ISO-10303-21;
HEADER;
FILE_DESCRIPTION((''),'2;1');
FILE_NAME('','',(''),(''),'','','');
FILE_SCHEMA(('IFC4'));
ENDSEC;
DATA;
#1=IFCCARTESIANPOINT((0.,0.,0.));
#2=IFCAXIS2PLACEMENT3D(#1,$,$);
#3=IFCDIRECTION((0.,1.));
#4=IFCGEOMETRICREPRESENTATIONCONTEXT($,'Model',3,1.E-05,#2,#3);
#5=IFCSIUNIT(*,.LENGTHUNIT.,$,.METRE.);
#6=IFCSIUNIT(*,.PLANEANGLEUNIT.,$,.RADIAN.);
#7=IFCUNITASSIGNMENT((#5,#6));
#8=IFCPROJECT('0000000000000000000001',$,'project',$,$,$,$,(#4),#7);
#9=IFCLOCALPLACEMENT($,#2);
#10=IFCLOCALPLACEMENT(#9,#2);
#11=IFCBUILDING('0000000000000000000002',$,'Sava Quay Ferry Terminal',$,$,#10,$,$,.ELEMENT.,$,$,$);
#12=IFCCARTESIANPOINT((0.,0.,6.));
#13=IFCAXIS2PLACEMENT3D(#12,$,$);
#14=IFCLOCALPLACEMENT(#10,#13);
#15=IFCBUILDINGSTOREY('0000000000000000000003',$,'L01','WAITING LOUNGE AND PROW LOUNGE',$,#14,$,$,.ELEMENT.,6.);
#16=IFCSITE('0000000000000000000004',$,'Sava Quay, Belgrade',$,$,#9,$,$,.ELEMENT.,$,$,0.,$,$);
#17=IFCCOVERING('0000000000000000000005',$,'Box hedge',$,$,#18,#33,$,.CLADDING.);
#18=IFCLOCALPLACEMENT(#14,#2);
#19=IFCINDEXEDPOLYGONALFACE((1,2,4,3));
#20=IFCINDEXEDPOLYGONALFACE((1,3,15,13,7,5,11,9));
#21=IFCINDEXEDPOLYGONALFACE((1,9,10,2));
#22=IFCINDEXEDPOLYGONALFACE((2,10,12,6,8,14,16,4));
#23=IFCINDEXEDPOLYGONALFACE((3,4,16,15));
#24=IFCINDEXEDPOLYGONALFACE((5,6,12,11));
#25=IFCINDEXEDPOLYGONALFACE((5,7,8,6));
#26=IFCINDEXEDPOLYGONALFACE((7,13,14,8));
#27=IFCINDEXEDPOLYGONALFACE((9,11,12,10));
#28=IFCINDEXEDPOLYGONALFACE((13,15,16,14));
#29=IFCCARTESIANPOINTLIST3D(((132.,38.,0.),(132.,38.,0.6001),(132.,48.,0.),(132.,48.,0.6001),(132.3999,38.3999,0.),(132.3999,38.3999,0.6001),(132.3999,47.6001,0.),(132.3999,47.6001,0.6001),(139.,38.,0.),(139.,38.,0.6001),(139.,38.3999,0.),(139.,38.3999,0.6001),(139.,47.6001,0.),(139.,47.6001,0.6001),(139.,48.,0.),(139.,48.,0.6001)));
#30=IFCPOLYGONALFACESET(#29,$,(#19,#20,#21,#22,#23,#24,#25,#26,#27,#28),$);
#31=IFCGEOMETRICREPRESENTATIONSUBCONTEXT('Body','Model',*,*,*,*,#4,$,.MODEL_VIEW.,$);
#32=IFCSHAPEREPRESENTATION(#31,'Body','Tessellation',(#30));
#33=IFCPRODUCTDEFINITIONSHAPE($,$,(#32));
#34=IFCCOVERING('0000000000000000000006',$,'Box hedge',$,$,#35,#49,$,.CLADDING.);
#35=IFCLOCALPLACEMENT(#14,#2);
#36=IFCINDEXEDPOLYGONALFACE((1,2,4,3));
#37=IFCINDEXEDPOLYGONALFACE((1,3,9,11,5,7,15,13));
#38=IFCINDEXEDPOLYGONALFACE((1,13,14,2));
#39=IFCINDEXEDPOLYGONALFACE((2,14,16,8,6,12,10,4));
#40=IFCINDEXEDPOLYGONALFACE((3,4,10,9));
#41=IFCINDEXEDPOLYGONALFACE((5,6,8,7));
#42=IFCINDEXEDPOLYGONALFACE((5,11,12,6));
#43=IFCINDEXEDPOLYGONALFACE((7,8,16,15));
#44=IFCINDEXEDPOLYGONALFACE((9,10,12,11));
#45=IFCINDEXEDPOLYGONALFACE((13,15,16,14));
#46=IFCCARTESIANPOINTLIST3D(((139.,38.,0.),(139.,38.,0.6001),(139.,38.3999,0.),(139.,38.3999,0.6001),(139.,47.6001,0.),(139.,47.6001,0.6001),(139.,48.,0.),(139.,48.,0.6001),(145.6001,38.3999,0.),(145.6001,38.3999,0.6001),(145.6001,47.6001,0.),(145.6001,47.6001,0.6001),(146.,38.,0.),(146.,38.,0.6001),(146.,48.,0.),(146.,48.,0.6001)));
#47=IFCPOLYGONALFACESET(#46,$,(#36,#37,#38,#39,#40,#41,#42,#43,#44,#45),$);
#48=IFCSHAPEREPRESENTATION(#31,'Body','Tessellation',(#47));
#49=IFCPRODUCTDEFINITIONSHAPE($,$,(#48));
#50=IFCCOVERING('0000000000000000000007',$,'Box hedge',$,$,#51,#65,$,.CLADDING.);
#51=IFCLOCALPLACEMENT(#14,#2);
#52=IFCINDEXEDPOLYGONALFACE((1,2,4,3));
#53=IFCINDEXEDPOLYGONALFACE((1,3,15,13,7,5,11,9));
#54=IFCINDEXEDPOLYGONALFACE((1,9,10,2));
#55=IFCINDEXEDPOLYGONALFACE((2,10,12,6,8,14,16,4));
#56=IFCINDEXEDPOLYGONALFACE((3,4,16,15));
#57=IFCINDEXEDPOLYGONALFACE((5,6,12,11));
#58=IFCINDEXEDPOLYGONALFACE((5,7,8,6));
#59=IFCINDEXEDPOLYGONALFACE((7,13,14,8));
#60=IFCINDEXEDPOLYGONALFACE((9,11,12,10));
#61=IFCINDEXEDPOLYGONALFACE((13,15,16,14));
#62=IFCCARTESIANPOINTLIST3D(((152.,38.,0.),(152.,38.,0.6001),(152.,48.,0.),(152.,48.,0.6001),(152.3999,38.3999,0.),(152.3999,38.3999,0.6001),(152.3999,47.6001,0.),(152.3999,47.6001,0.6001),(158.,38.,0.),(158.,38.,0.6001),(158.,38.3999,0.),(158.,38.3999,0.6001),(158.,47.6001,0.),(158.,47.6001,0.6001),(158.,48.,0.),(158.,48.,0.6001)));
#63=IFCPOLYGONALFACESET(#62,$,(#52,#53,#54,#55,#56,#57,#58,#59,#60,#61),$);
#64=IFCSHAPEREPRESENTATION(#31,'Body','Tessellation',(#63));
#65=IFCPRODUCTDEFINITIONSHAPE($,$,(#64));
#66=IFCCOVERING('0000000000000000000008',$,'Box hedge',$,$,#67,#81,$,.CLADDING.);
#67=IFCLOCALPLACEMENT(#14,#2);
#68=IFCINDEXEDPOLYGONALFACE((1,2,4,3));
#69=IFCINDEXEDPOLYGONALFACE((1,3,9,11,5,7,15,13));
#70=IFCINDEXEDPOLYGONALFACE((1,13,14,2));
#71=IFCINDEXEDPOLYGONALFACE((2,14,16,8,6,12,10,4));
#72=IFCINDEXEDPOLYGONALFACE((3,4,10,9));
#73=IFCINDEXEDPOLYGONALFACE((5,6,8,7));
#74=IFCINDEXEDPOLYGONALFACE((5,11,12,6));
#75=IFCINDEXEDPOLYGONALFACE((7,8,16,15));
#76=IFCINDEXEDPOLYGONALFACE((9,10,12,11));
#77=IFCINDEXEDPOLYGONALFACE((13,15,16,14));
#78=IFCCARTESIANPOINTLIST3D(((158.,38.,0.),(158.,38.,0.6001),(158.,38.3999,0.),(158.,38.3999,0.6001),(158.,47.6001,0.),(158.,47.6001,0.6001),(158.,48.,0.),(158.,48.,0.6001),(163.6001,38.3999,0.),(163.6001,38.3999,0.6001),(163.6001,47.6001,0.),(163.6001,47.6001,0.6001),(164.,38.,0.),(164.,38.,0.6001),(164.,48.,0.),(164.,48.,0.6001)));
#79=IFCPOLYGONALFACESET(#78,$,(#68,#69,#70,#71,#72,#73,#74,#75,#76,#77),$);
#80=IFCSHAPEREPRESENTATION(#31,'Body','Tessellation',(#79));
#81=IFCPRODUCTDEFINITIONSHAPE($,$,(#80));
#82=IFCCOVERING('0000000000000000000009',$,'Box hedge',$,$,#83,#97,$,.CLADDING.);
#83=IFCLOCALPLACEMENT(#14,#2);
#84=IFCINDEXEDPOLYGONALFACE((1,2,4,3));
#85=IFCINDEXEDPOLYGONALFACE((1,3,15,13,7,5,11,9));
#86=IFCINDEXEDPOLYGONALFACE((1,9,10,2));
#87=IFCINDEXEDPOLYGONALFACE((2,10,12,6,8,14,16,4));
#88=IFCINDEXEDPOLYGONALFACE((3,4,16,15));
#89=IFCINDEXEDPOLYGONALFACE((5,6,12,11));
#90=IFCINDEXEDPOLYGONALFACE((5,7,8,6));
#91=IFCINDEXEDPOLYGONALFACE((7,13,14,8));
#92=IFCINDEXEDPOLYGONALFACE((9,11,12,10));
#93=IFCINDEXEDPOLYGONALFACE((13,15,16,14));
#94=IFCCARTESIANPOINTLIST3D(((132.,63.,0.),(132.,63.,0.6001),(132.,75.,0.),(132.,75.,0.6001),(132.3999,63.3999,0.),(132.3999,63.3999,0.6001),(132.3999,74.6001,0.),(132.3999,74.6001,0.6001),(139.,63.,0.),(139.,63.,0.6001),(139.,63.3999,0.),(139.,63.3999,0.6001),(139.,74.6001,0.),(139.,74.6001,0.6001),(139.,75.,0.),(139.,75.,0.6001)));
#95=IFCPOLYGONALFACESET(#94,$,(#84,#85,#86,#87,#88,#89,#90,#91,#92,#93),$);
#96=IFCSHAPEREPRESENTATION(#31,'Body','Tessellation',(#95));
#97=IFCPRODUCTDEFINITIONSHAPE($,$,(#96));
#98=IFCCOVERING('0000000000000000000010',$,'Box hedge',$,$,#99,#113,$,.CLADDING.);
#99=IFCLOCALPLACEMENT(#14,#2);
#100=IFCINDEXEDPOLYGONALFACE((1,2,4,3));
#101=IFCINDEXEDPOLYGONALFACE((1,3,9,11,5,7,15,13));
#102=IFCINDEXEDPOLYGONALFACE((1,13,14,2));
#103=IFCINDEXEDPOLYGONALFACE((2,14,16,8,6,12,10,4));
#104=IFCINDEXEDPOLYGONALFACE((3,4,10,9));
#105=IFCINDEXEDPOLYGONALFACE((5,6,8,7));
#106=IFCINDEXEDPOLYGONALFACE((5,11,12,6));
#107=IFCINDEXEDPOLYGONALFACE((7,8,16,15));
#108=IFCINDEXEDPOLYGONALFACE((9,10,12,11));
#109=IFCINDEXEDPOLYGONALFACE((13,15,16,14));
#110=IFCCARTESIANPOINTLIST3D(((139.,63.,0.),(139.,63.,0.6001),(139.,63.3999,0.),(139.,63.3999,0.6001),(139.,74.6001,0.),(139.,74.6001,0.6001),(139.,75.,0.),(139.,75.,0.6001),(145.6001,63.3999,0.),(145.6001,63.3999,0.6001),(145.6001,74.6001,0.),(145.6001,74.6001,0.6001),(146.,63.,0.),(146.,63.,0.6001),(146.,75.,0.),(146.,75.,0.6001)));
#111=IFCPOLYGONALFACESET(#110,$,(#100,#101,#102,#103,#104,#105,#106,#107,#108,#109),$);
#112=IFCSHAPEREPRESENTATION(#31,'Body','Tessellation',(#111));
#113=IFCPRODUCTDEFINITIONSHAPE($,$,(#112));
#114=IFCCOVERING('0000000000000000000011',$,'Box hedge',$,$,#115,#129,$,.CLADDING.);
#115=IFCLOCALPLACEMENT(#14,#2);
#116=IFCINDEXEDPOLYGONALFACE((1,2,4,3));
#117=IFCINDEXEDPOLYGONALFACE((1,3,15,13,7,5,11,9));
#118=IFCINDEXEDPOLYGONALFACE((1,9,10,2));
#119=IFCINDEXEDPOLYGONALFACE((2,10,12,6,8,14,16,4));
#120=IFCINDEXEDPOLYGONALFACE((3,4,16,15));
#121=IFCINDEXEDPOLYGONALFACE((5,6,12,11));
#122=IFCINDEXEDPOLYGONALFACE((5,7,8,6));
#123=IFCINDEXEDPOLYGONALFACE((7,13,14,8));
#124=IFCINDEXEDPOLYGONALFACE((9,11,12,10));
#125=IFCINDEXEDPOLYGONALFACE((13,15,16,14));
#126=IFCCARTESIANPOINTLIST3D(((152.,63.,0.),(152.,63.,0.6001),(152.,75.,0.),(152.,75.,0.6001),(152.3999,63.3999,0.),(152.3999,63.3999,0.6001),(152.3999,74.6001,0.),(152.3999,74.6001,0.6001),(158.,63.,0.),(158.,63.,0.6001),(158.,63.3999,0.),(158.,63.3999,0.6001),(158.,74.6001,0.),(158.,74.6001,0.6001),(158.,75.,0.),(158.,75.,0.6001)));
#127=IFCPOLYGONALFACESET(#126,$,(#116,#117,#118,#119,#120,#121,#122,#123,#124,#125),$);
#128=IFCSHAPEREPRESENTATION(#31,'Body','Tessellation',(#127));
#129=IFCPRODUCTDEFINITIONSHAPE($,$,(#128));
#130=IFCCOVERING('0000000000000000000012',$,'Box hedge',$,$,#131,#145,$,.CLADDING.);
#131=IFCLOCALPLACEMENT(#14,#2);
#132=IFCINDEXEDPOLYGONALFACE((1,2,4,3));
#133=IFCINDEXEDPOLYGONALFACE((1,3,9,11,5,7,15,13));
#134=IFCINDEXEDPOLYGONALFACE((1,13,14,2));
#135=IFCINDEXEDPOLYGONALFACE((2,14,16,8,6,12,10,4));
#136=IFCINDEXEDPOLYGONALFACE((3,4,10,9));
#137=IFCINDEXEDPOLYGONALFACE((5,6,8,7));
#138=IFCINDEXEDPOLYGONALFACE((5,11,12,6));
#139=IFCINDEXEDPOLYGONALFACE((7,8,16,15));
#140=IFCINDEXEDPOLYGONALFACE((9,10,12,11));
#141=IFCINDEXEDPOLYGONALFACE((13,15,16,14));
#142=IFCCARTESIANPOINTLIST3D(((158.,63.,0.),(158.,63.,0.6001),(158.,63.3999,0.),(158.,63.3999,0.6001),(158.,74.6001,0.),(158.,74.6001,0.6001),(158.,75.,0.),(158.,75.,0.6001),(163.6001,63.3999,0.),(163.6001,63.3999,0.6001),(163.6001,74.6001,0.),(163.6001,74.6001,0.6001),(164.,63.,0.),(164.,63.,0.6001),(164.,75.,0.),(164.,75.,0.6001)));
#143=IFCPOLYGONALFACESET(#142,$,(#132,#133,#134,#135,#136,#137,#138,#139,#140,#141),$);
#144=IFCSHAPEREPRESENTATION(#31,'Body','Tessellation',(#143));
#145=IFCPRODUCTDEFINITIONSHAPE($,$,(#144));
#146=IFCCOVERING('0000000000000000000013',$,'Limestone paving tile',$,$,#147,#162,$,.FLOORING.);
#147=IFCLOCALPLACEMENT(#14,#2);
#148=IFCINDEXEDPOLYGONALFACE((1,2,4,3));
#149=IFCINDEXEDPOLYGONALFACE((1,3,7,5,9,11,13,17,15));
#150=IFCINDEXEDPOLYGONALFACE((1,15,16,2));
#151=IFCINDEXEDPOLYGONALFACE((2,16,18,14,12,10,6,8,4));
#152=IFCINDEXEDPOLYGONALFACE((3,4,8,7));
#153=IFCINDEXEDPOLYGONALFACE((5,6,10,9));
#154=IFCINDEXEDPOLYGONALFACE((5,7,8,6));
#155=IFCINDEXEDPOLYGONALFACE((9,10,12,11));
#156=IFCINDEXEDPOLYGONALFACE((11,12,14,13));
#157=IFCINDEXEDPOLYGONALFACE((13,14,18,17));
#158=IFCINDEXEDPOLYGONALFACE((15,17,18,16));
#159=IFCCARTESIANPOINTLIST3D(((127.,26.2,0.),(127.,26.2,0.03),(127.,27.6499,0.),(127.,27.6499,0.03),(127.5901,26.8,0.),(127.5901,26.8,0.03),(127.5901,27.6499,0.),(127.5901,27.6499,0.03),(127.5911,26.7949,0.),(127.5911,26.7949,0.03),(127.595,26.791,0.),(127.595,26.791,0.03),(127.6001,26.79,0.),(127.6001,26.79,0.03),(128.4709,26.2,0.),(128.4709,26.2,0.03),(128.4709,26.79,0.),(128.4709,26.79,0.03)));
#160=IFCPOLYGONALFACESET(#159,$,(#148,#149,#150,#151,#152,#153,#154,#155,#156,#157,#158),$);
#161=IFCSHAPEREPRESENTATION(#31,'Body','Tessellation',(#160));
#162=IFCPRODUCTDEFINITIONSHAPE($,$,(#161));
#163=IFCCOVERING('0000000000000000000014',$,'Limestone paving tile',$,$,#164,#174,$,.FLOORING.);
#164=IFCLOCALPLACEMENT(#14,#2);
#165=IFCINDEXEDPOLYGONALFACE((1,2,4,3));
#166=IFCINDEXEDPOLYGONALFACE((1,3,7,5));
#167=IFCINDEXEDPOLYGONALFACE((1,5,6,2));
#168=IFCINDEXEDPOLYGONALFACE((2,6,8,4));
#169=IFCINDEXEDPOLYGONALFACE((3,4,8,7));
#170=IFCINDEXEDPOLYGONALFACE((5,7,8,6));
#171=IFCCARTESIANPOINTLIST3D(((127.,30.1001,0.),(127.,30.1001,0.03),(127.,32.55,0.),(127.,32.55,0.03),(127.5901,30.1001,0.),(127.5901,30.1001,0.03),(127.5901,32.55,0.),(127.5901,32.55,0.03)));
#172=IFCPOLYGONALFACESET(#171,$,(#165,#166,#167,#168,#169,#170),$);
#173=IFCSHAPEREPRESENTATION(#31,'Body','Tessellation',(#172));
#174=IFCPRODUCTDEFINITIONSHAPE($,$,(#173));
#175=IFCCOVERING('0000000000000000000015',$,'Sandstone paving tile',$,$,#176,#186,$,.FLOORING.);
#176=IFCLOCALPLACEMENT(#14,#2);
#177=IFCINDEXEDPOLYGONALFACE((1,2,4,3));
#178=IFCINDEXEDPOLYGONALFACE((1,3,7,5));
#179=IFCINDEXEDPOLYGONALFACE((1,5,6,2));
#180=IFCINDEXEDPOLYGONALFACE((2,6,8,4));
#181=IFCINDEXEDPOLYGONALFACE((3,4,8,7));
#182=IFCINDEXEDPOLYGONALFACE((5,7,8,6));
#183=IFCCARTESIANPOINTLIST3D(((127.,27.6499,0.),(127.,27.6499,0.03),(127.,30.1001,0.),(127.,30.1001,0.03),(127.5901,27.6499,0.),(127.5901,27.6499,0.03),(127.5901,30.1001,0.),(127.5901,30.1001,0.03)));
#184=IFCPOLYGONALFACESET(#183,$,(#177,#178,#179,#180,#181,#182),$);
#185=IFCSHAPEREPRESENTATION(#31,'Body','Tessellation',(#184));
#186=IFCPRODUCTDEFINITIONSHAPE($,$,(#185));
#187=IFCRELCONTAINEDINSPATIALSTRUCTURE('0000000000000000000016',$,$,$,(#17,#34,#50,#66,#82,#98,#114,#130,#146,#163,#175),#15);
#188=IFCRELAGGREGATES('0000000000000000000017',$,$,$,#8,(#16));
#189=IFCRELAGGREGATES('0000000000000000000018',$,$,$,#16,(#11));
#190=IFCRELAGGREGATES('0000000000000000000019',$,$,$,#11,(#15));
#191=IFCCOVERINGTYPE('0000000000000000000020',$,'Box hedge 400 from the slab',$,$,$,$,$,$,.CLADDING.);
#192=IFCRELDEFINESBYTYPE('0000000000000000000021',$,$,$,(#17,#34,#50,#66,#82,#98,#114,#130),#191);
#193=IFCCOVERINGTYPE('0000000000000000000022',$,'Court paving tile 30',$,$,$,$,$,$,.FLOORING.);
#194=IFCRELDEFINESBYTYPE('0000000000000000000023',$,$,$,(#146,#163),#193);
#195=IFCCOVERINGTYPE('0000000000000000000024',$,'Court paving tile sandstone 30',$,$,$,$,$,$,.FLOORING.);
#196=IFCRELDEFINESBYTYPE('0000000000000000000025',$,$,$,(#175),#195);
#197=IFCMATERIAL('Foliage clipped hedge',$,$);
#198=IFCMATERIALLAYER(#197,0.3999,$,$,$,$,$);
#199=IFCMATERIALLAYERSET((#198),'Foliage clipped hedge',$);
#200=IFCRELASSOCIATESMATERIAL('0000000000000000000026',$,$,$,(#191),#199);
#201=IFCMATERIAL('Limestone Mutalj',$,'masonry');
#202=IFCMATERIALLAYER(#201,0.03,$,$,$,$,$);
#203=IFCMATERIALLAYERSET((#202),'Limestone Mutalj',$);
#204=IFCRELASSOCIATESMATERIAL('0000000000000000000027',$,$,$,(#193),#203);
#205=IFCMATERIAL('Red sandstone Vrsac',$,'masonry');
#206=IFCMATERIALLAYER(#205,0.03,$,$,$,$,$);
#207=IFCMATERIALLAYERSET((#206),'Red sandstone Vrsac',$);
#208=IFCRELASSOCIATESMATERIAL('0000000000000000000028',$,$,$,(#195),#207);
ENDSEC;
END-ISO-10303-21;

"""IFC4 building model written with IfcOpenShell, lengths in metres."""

from ifc_helpers import new_model, si_unit, direction, frame, origin, place, context, subcontext, project, spatial, polyline, outline, extrude, material, layer, layer_set, type_object, element, save


model = new_model("IFC4")

# Units and contexts
model_context = context("Model", 3, precision=1e-05, world=origin(), true_north=direction((0.0, 1.0)))
body_context = subcontext(model_context, "Body", "Model", "MODEL_VIEW")
ifc_project = project(units=[si_unit("LENGTHUNIT", "METRE"), si_unit("PLANEANGLEUNIT", "RADIAN")], contexts=[model_context])

# Site, building, storey
site_placement = place(None, origin())
site = spatial("IfcSite", under=ifc_project, at=site_placement, Name="Sava Quay, Belgrade", CompositionType="ELEMENT", RefElevation=0.0)
building_placement = place(site_placement, origin())
building = spatial("IfcBuilding", under=site, at=building_placement, Name="Sava Quay Ferry Terminal", CompositionType="ELEMENT")
storey_placement = place(building_placement, frame((0.0, 0.0, 6.0)))
storey = spatial("IfcBuildingStorey", under=building, at=storey_placement, Name="L01", Description="WAITING LOUNGE AND PROW LOUNGE", CompositionType="ELEMENT", Elevation=6.0)

# Coverings
ifc_material_1 = material(Name="Foliage clipped hedge")
ifc_layer_1 = layer(ifc_material_1, 0.3999)
ifc_layer_set_1 = layer_set([ifc_layer_1], Name="Foliage clipped hedge")
covering_type_1 = type_object("IfcCoveringType", Name="Box hedge 400 from the slab", PredefinedType="CLADDING", material=ifc_layer_set_1)
covering_1_placement = place(storey_placement, origin())
element("IfcCovering", 1, at=covering_1_placement, inside=storey, type_object=covering_type_1, Name="Box hedge", PredefinedType="CLADDING", context=body_context, shape_type="SweptSolid", body=[
    extrude(outline(polyline([(132.0, 38.0), (139.0, 38.0), (139.0, 38.3999), (132.3999, 38.3999), (132.3999, 47.6001), (139.0, 47.6001), (139.0, 48.0), (132.0, 48.0), (132.0, 38.0)])), origin(), (0.0, 0.0, 1.0), 0.6001),
])
covering_2_placement = place(storey_placement, origin())
element("IfcCovering", 2, at=covering_2_placement, inside=storey, type_object=covering_type_1, Name="Box hedge", PredefinedType="CLADDING", context=body_context, shape_type="SweptSolid", body=[
    extrude(outline(polyline([(146.0, 38.0), (146.0, 48.0), (139.0, 48.0), (139.0, 47.6001), (145.6001, 47.6001), (145.6001, 38.3999), (139.0, 38.3999), (139.0, 38.0), (146.0, 38.0)])), origin(), (0.0, 0.0, 1.0), 0.6001),
])
covering_3_placement = place(storey_placement, origin())
element("IfcCovering", 3, at=covering_3_placement, inside=storey, type_object=covering_type_1, Name="Box hedge", PredefinedType="CLADDING", context=body_context, shape_type="SweptSolid", body=[
    extrude(outline(polyline([(152.0, 38.0), (158.0, 38.0), (158.0, 38.3999), (152.3999, 38.3999), (152.3999, 47.6001), (158.0, 47.6001), (158.0, 48.0), (152.0, 48.0), (152.0, 38.0)])), origin(), (0.0, 0.0, 1.0), 0.6001),
])
covering_4_placement = place(storey_placement, origin())
element("IfcCovering", 4, at=covering_4_placement, inside=storey, type_object=covering_type_1, Name="Box hedge", PredefinedType="CLADDING", context=body_context, shape_type="SweptSolid", body=[
    extrude(outline(polyline([(164.0, 38.0), (164.0, 48.0), (158.0, 48.0), (158.0, 47.6001), (163.6001, 47.6001), (163.6001, 38.3999), (158.0, 38.3999), (158.0, 38.0), (164.0, 38.0)])), origin(), (0.0, 0.0, 1.0), 0.6001),
])
covering_5_placement = place(storey_placement, origin())
element("IfcCovering", 5, at=covering_5_placement, inside=storey, type_object=covering_type_1, Name="Box hedge", PredefinedType="CLADDING", context=body_context, shape_type="SweptSolid", body=[
    extrude(outline(polyline([(132.0, 63.0), (139.0, 63.0), (139.0, 63.3999), (132.3999, 63.3999), (132.3999, 74.6001), (139.0, 74.6001), (139.0, 75.0), (132.0, 75.0), (132.0, 63.0)])), origin(), (0.0, 0.0, 1.0), 0.6001),
])
covering_6_placement = place(storey_placement, origin())
element("IfcCovering", 6, at=covering_6_placement, inside=storey, type_object=covering_type_1, Name="Box hedge", PredefinedType="CLADDING", context=body_context, shape_type="SweptSolid", body=[
    extrude(outline(polyline([(146.0, 63.0), (146.0, 75.0), (139.0, 75.0), (139.0, 74.6001), (145.6001, 74.6001), (145.6001, 63.3999), (139.0, 63.3999), (139.0, 63.0), (146.0, 63.0)])), origin(), (0.0, 0.0, 1.0), 0.6001),
])
covering_7_placement = place(storey_placement, origin())
element("IfcCovering", 7, at=covering_7_placement, inside=storey, type_object=covering_type_1, Name="Box hedge", PredefinedType="CLADDING", context=body_context, shape_type="SweptSolid", body=[
    extrude(outline(polyline([(152.0, 63.0), (158.0, 63.0), (158.0, 63.3999), (152.3999, 63.3999), (152.3999, 74.6001), (158.0, 74.6001), (158.0, 75.0), (152.0, 75.0), (152.0, 63.0)])), origin(), (0.0, 0.0, 1.0), 0.6001),
])
covering_8_placement = place(storey_placement, origin())
element("IfcCovering", 8, at=covering_8_placement, inside=storey, type_object=covering_type_1, Name="Box hedge", PredefinedType="CLADDING", context=body_context, shape_type="SweptSolid", body=[
    extrude(outline(polyline([(164.0, 63.0), (164.0, 75.0), (158.0, 75.0), (158.0, 74.6001), (163.6001, 74.6001), (163.6001, 63.3999), (158.0, 63.3999), (158.0, 63.0), (164.0, 63.0)])), origin(), (0.0, 0.0, 1.0), 0.6001),
])
ifc_material_2 = material(Name="Limestone Mutalj", Category="masonry")
ifc_layer_2 = layer(ifc_material_2, 0.03)
ifc_layer_set_2 = layer_set([ifc_layer_2], Name="Limestone Mutalj")
covering_type_2 = type_object("IfcCoveringType", Name="Court paving tile 30", PredefinedType="FLOORING", material=ifc_layer_set_2)
covering_9_placement = place(storey_placement, origin())
element("IfcCovering", 9, at=covering_9_placement, inside=storey, type_object=covering_type_2, Name="Limestone paving tile", PredefinedType="FLOORING", context=body_context, shape_type="SweptSolid", body=[
    extrude(outline(polyline([(128.4709, 26.2), (128.4709, 26.79), (127.6001, 26.79), (127.595, 26.791), (127.5911, 26.7949), (127.5901, 26.8), (127.5901, 27.6499), (127.0, 27.6499), (127.0, 26.2), (128.4709, 26.2)])), origin(), (0.0, 0.0, 1.0), 0.03),
])
covering_10_placement = place(storey_placement, origin())
element("IfcCovering", 10, at=covering_10_placement, inside=storey, type_object=covering_type_2, Name="Limestone paving tile", PredefinedType="FLOORING", context=body_context, shape_type="SweptSolid", body=[
    extrude(outline(polyline([(127.5901, 32.55), (127.0, 32.55), (127.0, 30.1001), (127.5901, 30.1001), (127.5901, 32.55)])), origin(), (0.0, 0.0, 1.0), 0.03),
])
ifc_material_3 = material(Name="Red sandstone Vrsac", Category="masonry")
ifc_layer_3 = layer(ifc_material_3, 0.03)
ifc_layer_set_3 = layer_set([ifc_layer_3], Name="Red sandstone Vrsac")
covering_type_3 = type_object("IfcCoveringType", Name="Court paving tile sandstone 30", PredefinedType="FLOORING", material=ifc_layer_set_3)
covering_11_placement = place(storey_placement, origin())
element("IfcCovering", 11, at=covering_11_placement, inside=storey, type_object=covering_type_3, Name="Sandstone paving tile", PredefinedType="FLOORING", context=body_context, shape_type="SweptSolid", body=[
    extrude(outline(polyline([(127.5901, 30.1001), (127.0, 30.1001), (127.0, 27.6499), (127.5901, 27.6499), (127.5901, 30.1001)])), origin(), (0.0, 0.0, 1.0), 0.03),
])

save(model, "model.ifc")
